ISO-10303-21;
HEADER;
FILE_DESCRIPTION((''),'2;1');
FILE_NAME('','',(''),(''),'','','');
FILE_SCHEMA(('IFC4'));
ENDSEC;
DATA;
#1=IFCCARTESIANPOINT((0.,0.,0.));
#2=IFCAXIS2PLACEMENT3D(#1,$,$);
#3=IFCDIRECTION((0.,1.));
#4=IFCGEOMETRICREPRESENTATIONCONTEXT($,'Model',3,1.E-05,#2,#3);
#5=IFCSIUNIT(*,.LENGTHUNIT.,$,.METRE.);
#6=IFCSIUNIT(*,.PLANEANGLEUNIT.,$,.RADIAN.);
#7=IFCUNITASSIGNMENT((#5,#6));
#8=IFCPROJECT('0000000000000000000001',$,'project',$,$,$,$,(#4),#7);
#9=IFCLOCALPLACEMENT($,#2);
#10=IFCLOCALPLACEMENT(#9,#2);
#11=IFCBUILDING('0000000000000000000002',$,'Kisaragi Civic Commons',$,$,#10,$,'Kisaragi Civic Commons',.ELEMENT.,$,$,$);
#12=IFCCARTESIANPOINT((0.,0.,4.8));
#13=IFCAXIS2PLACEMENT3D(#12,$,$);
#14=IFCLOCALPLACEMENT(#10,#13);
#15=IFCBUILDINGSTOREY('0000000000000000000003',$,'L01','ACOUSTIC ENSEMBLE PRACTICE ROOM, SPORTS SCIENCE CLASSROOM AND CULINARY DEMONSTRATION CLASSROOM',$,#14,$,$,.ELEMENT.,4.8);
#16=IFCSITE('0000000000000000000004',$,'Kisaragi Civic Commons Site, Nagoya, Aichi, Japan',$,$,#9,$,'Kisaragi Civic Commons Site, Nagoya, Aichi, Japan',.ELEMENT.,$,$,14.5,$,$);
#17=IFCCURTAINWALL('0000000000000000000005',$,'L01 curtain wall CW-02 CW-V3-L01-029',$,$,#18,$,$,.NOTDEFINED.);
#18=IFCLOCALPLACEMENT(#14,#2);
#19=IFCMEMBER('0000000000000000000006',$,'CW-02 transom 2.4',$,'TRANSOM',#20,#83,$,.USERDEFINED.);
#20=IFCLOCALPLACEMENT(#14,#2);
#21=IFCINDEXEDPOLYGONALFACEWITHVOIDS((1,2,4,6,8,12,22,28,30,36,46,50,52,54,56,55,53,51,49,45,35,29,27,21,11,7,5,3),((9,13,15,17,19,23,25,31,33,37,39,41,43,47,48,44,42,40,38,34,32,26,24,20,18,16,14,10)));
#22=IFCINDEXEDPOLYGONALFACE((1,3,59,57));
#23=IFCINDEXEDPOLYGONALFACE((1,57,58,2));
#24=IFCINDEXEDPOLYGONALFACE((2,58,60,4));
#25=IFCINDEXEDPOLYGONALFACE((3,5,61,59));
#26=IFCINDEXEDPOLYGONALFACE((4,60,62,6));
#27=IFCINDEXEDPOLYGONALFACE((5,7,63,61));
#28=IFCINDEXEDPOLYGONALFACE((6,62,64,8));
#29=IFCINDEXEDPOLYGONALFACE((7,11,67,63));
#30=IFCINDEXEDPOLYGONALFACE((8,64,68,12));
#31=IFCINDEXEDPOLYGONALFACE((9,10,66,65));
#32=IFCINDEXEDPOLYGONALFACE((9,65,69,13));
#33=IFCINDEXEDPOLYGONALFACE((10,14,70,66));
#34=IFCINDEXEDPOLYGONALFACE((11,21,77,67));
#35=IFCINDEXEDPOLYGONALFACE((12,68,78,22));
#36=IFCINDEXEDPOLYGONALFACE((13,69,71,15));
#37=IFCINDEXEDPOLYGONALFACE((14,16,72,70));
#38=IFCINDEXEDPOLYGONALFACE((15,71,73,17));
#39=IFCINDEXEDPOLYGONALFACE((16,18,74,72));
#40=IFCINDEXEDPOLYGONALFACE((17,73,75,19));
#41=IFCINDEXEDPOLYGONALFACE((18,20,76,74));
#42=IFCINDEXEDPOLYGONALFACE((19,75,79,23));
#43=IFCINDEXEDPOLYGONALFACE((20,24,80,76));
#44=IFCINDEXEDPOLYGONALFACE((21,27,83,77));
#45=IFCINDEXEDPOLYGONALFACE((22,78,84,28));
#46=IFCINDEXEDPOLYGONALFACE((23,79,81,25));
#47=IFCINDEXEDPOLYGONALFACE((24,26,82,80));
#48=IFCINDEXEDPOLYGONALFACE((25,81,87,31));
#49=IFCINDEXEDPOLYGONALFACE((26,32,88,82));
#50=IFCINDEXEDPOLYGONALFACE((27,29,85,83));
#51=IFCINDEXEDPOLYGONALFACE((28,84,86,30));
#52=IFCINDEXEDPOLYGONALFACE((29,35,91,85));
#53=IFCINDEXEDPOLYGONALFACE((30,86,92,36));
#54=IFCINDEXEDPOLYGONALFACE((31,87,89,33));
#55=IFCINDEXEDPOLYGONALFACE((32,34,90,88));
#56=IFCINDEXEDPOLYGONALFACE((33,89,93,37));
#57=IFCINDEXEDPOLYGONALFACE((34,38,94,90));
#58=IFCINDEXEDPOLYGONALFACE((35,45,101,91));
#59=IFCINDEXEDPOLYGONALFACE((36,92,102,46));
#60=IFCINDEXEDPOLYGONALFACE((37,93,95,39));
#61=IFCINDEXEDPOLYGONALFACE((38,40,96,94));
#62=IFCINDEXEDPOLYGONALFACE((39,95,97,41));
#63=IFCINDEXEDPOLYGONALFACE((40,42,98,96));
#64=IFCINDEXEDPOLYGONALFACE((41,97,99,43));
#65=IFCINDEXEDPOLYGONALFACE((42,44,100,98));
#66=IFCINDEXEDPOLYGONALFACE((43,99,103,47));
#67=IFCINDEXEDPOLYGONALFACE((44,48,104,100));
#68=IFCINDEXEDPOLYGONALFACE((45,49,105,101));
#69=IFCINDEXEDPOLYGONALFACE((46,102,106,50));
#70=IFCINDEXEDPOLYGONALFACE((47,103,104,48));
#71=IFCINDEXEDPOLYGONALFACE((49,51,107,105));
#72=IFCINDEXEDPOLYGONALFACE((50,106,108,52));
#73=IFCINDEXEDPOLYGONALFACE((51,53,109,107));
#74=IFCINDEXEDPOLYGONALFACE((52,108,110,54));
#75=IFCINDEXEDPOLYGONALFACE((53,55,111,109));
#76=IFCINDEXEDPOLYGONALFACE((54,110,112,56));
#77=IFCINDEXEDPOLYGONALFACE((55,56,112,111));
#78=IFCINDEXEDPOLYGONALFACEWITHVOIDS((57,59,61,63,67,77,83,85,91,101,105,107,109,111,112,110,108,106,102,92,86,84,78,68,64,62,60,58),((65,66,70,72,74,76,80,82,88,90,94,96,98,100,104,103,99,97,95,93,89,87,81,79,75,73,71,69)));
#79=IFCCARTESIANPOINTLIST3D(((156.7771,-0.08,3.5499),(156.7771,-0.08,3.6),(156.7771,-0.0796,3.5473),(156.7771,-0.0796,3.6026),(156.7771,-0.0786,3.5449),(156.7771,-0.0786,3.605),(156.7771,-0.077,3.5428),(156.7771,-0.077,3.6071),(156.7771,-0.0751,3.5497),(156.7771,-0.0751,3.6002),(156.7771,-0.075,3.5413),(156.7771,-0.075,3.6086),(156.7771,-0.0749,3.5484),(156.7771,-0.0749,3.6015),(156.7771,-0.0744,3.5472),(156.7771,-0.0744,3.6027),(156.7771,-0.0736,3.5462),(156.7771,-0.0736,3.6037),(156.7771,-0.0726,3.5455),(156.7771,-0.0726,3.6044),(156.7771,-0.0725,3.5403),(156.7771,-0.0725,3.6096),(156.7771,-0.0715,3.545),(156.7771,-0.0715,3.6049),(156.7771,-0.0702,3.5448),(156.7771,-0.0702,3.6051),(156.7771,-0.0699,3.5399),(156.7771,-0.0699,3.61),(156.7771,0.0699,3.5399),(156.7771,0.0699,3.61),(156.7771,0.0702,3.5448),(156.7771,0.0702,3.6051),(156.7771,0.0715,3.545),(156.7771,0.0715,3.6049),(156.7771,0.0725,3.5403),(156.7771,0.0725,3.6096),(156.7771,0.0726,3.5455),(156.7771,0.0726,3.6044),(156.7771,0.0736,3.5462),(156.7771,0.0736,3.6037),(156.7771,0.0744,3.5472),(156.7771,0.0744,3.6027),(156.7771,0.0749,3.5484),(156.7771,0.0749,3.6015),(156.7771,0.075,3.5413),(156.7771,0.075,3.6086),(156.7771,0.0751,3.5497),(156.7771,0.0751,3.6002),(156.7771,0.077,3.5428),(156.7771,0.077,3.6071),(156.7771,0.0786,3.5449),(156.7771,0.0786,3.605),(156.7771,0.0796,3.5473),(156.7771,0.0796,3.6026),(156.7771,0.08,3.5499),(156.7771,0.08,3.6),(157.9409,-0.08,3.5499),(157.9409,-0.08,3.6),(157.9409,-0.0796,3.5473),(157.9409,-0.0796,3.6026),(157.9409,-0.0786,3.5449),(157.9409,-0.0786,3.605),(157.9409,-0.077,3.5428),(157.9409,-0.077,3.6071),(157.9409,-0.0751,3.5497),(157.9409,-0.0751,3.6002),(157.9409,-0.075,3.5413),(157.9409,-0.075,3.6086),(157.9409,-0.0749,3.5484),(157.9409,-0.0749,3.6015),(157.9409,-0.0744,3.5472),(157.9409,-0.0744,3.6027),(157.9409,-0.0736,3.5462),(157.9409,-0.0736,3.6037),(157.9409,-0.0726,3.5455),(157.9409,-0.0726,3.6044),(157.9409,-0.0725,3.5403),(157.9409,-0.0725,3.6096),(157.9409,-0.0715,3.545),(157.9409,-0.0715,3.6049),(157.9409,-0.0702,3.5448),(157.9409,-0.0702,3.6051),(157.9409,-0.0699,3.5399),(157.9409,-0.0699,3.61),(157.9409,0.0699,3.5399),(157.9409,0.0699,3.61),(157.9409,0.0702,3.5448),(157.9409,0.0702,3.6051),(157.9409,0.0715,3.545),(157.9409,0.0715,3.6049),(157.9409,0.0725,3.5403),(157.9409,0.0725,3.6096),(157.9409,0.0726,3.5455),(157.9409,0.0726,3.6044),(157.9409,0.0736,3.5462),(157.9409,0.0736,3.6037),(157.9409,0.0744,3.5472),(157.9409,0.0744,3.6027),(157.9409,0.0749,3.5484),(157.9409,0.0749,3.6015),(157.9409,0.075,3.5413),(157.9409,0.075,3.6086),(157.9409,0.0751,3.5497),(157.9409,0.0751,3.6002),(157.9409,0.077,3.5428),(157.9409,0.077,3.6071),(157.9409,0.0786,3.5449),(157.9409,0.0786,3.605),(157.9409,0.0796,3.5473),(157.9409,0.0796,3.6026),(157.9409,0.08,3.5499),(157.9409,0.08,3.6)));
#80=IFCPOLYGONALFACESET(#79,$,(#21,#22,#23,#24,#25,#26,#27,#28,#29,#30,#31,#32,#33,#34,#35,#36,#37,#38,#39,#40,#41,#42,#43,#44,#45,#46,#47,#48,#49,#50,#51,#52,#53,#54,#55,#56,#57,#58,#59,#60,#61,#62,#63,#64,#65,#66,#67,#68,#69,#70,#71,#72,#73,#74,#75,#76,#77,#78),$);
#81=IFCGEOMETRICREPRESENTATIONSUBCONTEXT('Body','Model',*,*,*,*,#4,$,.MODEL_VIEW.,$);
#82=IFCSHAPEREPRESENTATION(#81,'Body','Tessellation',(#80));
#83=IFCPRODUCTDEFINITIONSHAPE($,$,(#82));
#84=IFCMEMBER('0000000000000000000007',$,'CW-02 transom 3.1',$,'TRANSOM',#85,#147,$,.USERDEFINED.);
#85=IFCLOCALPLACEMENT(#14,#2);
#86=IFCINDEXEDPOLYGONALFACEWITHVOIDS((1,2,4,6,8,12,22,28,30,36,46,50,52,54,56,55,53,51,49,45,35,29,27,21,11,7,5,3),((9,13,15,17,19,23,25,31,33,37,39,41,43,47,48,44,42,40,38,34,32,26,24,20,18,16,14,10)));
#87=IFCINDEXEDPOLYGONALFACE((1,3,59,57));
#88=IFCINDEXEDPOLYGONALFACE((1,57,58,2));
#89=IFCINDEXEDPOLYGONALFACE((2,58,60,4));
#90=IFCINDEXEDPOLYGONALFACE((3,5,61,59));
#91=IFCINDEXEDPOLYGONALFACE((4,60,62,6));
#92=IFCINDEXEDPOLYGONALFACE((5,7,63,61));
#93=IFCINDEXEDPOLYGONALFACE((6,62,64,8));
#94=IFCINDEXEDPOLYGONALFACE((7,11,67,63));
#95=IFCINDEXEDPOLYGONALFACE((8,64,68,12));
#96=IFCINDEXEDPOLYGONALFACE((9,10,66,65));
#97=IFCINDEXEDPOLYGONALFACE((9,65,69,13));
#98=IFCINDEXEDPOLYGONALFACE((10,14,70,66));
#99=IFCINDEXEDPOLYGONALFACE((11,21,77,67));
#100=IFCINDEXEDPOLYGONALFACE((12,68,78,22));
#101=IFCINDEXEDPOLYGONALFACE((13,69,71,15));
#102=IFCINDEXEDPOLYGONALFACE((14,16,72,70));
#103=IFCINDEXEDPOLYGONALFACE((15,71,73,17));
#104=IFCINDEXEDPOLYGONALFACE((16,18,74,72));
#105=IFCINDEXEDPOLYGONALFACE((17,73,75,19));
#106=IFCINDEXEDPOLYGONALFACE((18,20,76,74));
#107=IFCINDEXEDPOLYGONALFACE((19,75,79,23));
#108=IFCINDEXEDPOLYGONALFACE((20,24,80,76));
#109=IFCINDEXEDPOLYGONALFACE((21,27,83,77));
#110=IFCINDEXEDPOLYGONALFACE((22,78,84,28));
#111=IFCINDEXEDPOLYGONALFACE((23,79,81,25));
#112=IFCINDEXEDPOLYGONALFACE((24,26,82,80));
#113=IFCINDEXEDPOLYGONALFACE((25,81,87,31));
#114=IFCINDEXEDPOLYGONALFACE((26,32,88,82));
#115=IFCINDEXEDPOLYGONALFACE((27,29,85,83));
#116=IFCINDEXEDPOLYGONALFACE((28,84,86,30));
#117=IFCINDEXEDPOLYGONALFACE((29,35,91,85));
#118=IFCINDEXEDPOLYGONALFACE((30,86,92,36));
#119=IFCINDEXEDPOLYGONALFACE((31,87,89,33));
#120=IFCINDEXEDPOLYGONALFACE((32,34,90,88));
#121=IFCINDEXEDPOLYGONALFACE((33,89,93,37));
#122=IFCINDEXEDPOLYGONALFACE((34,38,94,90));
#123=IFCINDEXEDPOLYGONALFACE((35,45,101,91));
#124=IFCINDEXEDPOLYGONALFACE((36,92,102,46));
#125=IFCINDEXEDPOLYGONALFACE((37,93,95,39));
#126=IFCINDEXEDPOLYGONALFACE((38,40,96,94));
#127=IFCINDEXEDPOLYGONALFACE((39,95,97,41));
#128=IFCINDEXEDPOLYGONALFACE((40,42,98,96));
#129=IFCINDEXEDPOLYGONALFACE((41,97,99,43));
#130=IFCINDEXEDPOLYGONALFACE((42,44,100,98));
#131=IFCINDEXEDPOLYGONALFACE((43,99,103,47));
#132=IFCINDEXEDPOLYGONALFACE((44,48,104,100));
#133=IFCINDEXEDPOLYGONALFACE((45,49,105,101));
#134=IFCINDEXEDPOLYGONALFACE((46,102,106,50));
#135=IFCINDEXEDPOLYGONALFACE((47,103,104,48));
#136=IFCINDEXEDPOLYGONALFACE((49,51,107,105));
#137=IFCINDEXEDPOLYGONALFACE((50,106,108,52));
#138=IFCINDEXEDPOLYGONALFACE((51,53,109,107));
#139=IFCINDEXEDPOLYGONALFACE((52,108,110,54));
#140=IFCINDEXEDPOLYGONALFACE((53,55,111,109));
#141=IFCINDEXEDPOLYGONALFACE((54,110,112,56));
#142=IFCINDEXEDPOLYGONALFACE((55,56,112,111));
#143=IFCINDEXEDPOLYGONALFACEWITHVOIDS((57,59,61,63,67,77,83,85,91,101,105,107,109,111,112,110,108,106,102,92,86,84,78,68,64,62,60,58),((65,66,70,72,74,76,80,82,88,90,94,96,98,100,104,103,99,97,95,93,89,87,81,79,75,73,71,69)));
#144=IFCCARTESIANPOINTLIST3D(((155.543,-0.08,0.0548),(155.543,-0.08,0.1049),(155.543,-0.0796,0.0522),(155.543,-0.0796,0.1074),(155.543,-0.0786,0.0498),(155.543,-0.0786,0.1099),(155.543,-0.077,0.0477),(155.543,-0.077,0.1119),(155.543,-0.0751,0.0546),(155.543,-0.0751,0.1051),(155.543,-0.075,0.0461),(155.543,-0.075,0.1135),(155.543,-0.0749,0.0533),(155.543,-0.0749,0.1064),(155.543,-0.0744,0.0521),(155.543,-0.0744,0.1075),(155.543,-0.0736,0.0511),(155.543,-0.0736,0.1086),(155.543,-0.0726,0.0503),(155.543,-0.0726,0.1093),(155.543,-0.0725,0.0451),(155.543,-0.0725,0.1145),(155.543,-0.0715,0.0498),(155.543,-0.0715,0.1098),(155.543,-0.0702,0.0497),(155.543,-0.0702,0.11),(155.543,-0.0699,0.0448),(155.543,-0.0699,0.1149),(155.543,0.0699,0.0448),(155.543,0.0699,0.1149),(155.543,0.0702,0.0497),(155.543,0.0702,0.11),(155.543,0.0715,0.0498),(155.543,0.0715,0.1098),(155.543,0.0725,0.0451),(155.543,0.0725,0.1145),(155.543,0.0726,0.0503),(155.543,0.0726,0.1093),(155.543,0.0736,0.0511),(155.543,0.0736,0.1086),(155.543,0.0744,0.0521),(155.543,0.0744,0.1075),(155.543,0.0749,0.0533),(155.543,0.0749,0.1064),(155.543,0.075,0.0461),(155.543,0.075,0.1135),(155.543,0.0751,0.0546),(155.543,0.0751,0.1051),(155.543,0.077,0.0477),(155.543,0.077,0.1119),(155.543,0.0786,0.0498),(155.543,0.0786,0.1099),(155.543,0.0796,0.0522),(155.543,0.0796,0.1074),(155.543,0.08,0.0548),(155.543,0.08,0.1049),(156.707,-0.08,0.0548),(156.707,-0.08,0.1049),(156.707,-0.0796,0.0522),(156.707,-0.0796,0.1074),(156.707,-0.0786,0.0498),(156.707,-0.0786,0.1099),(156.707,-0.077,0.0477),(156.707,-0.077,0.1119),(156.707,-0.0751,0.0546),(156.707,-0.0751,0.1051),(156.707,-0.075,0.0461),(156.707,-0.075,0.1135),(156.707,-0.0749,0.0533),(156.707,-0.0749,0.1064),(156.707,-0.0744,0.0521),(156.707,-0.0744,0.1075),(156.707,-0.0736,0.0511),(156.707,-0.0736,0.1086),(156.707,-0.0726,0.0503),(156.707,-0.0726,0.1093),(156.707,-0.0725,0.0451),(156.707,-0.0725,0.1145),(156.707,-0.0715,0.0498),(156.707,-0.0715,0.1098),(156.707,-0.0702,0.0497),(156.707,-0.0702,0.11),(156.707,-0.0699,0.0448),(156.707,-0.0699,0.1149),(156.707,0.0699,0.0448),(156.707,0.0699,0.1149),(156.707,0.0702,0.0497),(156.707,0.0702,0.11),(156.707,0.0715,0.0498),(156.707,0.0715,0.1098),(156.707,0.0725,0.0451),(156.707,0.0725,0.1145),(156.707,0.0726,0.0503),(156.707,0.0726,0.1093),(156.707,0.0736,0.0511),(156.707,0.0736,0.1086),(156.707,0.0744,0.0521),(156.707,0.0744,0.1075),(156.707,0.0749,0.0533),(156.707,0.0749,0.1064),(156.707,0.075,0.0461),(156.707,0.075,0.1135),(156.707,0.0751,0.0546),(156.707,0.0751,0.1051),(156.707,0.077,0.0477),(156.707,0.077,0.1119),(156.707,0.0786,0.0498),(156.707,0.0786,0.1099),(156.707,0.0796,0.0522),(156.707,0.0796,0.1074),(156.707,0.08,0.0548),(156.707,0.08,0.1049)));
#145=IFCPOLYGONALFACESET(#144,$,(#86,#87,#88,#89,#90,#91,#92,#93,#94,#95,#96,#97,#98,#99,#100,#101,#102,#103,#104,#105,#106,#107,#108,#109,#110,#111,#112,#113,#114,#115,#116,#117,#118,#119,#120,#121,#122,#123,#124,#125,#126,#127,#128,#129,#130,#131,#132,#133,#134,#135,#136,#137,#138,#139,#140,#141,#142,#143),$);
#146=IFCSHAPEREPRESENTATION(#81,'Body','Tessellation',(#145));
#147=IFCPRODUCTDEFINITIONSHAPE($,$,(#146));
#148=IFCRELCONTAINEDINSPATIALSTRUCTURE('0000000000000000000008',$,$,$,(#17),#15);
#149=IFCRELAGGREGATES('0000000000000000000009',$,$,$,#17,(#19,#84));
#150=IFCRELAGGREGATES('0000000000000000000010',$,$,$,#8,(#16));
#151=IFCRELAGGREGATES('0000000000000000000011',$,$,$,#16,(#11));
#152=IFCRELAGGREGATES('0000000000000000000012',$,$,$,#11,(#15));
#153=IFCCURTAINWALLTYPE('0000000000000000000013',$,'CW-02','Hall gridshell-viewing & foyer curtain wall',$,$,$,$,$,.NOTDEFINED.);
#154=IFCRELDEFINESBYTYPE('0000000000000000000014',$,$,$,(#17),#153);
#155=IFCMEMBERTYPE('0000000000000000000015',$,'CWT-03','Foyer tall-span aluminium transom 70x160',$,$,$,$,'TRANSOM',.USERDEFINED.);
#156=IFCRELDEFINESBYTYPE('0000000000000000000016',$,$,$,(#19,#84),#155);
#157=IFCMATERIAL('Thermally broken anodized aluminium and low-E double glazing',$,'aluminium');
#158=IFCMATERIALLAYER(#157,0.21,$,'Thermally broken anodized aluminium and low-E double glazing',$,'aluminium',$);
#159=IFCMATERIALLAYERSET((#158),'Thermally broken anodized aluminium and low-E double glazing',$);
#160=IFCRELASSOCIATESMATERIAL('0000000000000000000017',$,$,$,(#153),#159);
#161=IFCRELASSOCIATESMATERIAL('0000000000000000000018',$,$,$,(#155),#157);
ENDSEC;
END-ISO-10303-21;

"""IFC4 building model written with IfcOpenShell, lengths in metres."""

from ifc_helpers import new_model, si_unit, direction, frame, origin, origin_2d, place, context, subcontext, project, spatial, hollow_rectangle, extrude, material, layer, layer_set, material_profile, profile_set, type_object, element, aggregate, save


model = new_model("IFC4")

# Units and contexts
model_context = context("Model", 3, precision=1e-05, world=origin(), true_north=direction((0.0, 1.0)))
body_context = subcontext(model_context, "Body", "Model", "MODEL_VIEW")
ifc_project = project(units=[si_unit("LENGTHUNIT", "METRE"), si_unit("PLANEANGLEUNIT", "RADIAN")], contexts=[model_context])

# Site, building, storey
site_placement = place(None, origin())
site = spatial("IfcSite", under=ifc_project, at=site_placement, Name="Kisaragi Civic Commons Site, Nagoya, Aichi, Japan", LongName="Kisaragi Civic Commons Site, Nagoya, Aichi, Japan", CompositionType="ELEMENT", RefElevation=14.5)
building_placement = place(site_placement, origin())
building = spatial("IfcBuilding", under=site, at=building_placement, Name="Kisaragi Civic Commons", LongName="Kisaragi Civic Commons", CompositionType="ELEMENT")
storey_placement = place(building_placement, frame((0.0, 0.0, 4.8)))
storey = spatial("IfcBuildingStorey", under=building, at=storey_placement, Name="L01", Description="ACOUSTIC ENSEMBLE PRACTICE ROOM, SPORTS SCIENCE CLASSROOM AND CULINARY DEMONSTRATION CLASSROOM", CompositionType="ELEMENT", Elevation=4.8)

# Curtain wall, members
ifc_material = material(Name="Thermally broken anodized aluminium and low-E double glazing", Category="aluminium")
ifc_layer_1 = layer(ifc_material, 0.21, Name="Thermally broken anodized aluminium and low-E double glazing", Category="aluminium")
ifc_layer_set_1 = layer_set([ifc_layer_1], Name="Thermally broken anodized aluminium and low-E double glazing")
curtain_wall_type = type_object("IfcCurtainWallType", Name="CW-02", Description="Hall gridshell-viewing & foyer curtain wall", PredefinedType="NOTDEFINED", material=ifc_layer_set_1)
curtain_wall_placement = place(storey_placement, origin())
curtain_wall = element("IfcCurtainWall", 1, at=curtain_wall_placement, inside=storey, type_object=curtain_wall_type, Name="L01 curtain wall CW-02 CW-V3-L01-029", PredefinedType="NOTDEFINED")
ifc_material_profile_1 = material_profile(ifc_material, hollow_rectangle(XDim=0.1599, YDim=0.0701, WallThickness=0.0049, InnerFilletRadius=0.0049, OuterFilletRadius=0.01, at=origin_2d()), Name="CWT-70x160x5", Category="aluminium")
ifc_profile_set_1 = profile_set([ifc_material_profile_1], Name="Thermally broken anodized aluminium and low-E double glazing")
member_type_1 = type_object("IfcMemberType", Name="CWT-03", Description="Foyer tall-span aluminium transom 70x160", ElementType="TRANSOM", PredefinedType="USERDEFINED", material=ifc_profile_set_1)
member_1_placement = place(storey_placement, frame((157.9409, 0.0, 3.575), z_axis=(-1.0, 0.0, 0.0), x_axis=(0.0, -1.0, 0.0)))
member_1 = element("IfcMember", 2, at=member_1_placement, type_object=member_type_1, Name="CW-02 transom 2.4", ObjectType="TRANSOM", PredefinedType="USERDEFINED", context=body_context, shape_type="SweptSolid", body=[
    extrude(hollow_rectangle(XDim=0.1599, YDim=0.0701, WallThickness=0.0049, InnerFilletRadius=0.0049, OuterFilletRadius=0.01, at=origin_2d()), origin(), (0.0, 0.0, 1.0), 1.1638),
])
member_2_placement = place(storey_placement, frame((156.707, 0.0, 0.0798), z_axis=(-1.0, 0.0, 0.0), x_axis=(0.0, -1.0, 0.0)))
member_2 = element("IfcMember", 3, at=member_2_placement, type_object=member_type_1, Name="CW-02 transom 3.1", ObjectType="TRANSOM", PredefinedType="USERDEFINED", context=body_context, shape_type="SweptSolid", body=[
    extrude(hollow_rectangle(XDim=0.1599, YDim=0.0701, WallThickness=0.0049, InnerFilletRadius=0.0049, OuterFilletRadius=0.01, at=origin_2d()), origin(), (0.0, 0.0, 1.0), 1.1641),
])
aggregate(curtain_wall, [member_1, member_2])

save(model, "model.ifc")
